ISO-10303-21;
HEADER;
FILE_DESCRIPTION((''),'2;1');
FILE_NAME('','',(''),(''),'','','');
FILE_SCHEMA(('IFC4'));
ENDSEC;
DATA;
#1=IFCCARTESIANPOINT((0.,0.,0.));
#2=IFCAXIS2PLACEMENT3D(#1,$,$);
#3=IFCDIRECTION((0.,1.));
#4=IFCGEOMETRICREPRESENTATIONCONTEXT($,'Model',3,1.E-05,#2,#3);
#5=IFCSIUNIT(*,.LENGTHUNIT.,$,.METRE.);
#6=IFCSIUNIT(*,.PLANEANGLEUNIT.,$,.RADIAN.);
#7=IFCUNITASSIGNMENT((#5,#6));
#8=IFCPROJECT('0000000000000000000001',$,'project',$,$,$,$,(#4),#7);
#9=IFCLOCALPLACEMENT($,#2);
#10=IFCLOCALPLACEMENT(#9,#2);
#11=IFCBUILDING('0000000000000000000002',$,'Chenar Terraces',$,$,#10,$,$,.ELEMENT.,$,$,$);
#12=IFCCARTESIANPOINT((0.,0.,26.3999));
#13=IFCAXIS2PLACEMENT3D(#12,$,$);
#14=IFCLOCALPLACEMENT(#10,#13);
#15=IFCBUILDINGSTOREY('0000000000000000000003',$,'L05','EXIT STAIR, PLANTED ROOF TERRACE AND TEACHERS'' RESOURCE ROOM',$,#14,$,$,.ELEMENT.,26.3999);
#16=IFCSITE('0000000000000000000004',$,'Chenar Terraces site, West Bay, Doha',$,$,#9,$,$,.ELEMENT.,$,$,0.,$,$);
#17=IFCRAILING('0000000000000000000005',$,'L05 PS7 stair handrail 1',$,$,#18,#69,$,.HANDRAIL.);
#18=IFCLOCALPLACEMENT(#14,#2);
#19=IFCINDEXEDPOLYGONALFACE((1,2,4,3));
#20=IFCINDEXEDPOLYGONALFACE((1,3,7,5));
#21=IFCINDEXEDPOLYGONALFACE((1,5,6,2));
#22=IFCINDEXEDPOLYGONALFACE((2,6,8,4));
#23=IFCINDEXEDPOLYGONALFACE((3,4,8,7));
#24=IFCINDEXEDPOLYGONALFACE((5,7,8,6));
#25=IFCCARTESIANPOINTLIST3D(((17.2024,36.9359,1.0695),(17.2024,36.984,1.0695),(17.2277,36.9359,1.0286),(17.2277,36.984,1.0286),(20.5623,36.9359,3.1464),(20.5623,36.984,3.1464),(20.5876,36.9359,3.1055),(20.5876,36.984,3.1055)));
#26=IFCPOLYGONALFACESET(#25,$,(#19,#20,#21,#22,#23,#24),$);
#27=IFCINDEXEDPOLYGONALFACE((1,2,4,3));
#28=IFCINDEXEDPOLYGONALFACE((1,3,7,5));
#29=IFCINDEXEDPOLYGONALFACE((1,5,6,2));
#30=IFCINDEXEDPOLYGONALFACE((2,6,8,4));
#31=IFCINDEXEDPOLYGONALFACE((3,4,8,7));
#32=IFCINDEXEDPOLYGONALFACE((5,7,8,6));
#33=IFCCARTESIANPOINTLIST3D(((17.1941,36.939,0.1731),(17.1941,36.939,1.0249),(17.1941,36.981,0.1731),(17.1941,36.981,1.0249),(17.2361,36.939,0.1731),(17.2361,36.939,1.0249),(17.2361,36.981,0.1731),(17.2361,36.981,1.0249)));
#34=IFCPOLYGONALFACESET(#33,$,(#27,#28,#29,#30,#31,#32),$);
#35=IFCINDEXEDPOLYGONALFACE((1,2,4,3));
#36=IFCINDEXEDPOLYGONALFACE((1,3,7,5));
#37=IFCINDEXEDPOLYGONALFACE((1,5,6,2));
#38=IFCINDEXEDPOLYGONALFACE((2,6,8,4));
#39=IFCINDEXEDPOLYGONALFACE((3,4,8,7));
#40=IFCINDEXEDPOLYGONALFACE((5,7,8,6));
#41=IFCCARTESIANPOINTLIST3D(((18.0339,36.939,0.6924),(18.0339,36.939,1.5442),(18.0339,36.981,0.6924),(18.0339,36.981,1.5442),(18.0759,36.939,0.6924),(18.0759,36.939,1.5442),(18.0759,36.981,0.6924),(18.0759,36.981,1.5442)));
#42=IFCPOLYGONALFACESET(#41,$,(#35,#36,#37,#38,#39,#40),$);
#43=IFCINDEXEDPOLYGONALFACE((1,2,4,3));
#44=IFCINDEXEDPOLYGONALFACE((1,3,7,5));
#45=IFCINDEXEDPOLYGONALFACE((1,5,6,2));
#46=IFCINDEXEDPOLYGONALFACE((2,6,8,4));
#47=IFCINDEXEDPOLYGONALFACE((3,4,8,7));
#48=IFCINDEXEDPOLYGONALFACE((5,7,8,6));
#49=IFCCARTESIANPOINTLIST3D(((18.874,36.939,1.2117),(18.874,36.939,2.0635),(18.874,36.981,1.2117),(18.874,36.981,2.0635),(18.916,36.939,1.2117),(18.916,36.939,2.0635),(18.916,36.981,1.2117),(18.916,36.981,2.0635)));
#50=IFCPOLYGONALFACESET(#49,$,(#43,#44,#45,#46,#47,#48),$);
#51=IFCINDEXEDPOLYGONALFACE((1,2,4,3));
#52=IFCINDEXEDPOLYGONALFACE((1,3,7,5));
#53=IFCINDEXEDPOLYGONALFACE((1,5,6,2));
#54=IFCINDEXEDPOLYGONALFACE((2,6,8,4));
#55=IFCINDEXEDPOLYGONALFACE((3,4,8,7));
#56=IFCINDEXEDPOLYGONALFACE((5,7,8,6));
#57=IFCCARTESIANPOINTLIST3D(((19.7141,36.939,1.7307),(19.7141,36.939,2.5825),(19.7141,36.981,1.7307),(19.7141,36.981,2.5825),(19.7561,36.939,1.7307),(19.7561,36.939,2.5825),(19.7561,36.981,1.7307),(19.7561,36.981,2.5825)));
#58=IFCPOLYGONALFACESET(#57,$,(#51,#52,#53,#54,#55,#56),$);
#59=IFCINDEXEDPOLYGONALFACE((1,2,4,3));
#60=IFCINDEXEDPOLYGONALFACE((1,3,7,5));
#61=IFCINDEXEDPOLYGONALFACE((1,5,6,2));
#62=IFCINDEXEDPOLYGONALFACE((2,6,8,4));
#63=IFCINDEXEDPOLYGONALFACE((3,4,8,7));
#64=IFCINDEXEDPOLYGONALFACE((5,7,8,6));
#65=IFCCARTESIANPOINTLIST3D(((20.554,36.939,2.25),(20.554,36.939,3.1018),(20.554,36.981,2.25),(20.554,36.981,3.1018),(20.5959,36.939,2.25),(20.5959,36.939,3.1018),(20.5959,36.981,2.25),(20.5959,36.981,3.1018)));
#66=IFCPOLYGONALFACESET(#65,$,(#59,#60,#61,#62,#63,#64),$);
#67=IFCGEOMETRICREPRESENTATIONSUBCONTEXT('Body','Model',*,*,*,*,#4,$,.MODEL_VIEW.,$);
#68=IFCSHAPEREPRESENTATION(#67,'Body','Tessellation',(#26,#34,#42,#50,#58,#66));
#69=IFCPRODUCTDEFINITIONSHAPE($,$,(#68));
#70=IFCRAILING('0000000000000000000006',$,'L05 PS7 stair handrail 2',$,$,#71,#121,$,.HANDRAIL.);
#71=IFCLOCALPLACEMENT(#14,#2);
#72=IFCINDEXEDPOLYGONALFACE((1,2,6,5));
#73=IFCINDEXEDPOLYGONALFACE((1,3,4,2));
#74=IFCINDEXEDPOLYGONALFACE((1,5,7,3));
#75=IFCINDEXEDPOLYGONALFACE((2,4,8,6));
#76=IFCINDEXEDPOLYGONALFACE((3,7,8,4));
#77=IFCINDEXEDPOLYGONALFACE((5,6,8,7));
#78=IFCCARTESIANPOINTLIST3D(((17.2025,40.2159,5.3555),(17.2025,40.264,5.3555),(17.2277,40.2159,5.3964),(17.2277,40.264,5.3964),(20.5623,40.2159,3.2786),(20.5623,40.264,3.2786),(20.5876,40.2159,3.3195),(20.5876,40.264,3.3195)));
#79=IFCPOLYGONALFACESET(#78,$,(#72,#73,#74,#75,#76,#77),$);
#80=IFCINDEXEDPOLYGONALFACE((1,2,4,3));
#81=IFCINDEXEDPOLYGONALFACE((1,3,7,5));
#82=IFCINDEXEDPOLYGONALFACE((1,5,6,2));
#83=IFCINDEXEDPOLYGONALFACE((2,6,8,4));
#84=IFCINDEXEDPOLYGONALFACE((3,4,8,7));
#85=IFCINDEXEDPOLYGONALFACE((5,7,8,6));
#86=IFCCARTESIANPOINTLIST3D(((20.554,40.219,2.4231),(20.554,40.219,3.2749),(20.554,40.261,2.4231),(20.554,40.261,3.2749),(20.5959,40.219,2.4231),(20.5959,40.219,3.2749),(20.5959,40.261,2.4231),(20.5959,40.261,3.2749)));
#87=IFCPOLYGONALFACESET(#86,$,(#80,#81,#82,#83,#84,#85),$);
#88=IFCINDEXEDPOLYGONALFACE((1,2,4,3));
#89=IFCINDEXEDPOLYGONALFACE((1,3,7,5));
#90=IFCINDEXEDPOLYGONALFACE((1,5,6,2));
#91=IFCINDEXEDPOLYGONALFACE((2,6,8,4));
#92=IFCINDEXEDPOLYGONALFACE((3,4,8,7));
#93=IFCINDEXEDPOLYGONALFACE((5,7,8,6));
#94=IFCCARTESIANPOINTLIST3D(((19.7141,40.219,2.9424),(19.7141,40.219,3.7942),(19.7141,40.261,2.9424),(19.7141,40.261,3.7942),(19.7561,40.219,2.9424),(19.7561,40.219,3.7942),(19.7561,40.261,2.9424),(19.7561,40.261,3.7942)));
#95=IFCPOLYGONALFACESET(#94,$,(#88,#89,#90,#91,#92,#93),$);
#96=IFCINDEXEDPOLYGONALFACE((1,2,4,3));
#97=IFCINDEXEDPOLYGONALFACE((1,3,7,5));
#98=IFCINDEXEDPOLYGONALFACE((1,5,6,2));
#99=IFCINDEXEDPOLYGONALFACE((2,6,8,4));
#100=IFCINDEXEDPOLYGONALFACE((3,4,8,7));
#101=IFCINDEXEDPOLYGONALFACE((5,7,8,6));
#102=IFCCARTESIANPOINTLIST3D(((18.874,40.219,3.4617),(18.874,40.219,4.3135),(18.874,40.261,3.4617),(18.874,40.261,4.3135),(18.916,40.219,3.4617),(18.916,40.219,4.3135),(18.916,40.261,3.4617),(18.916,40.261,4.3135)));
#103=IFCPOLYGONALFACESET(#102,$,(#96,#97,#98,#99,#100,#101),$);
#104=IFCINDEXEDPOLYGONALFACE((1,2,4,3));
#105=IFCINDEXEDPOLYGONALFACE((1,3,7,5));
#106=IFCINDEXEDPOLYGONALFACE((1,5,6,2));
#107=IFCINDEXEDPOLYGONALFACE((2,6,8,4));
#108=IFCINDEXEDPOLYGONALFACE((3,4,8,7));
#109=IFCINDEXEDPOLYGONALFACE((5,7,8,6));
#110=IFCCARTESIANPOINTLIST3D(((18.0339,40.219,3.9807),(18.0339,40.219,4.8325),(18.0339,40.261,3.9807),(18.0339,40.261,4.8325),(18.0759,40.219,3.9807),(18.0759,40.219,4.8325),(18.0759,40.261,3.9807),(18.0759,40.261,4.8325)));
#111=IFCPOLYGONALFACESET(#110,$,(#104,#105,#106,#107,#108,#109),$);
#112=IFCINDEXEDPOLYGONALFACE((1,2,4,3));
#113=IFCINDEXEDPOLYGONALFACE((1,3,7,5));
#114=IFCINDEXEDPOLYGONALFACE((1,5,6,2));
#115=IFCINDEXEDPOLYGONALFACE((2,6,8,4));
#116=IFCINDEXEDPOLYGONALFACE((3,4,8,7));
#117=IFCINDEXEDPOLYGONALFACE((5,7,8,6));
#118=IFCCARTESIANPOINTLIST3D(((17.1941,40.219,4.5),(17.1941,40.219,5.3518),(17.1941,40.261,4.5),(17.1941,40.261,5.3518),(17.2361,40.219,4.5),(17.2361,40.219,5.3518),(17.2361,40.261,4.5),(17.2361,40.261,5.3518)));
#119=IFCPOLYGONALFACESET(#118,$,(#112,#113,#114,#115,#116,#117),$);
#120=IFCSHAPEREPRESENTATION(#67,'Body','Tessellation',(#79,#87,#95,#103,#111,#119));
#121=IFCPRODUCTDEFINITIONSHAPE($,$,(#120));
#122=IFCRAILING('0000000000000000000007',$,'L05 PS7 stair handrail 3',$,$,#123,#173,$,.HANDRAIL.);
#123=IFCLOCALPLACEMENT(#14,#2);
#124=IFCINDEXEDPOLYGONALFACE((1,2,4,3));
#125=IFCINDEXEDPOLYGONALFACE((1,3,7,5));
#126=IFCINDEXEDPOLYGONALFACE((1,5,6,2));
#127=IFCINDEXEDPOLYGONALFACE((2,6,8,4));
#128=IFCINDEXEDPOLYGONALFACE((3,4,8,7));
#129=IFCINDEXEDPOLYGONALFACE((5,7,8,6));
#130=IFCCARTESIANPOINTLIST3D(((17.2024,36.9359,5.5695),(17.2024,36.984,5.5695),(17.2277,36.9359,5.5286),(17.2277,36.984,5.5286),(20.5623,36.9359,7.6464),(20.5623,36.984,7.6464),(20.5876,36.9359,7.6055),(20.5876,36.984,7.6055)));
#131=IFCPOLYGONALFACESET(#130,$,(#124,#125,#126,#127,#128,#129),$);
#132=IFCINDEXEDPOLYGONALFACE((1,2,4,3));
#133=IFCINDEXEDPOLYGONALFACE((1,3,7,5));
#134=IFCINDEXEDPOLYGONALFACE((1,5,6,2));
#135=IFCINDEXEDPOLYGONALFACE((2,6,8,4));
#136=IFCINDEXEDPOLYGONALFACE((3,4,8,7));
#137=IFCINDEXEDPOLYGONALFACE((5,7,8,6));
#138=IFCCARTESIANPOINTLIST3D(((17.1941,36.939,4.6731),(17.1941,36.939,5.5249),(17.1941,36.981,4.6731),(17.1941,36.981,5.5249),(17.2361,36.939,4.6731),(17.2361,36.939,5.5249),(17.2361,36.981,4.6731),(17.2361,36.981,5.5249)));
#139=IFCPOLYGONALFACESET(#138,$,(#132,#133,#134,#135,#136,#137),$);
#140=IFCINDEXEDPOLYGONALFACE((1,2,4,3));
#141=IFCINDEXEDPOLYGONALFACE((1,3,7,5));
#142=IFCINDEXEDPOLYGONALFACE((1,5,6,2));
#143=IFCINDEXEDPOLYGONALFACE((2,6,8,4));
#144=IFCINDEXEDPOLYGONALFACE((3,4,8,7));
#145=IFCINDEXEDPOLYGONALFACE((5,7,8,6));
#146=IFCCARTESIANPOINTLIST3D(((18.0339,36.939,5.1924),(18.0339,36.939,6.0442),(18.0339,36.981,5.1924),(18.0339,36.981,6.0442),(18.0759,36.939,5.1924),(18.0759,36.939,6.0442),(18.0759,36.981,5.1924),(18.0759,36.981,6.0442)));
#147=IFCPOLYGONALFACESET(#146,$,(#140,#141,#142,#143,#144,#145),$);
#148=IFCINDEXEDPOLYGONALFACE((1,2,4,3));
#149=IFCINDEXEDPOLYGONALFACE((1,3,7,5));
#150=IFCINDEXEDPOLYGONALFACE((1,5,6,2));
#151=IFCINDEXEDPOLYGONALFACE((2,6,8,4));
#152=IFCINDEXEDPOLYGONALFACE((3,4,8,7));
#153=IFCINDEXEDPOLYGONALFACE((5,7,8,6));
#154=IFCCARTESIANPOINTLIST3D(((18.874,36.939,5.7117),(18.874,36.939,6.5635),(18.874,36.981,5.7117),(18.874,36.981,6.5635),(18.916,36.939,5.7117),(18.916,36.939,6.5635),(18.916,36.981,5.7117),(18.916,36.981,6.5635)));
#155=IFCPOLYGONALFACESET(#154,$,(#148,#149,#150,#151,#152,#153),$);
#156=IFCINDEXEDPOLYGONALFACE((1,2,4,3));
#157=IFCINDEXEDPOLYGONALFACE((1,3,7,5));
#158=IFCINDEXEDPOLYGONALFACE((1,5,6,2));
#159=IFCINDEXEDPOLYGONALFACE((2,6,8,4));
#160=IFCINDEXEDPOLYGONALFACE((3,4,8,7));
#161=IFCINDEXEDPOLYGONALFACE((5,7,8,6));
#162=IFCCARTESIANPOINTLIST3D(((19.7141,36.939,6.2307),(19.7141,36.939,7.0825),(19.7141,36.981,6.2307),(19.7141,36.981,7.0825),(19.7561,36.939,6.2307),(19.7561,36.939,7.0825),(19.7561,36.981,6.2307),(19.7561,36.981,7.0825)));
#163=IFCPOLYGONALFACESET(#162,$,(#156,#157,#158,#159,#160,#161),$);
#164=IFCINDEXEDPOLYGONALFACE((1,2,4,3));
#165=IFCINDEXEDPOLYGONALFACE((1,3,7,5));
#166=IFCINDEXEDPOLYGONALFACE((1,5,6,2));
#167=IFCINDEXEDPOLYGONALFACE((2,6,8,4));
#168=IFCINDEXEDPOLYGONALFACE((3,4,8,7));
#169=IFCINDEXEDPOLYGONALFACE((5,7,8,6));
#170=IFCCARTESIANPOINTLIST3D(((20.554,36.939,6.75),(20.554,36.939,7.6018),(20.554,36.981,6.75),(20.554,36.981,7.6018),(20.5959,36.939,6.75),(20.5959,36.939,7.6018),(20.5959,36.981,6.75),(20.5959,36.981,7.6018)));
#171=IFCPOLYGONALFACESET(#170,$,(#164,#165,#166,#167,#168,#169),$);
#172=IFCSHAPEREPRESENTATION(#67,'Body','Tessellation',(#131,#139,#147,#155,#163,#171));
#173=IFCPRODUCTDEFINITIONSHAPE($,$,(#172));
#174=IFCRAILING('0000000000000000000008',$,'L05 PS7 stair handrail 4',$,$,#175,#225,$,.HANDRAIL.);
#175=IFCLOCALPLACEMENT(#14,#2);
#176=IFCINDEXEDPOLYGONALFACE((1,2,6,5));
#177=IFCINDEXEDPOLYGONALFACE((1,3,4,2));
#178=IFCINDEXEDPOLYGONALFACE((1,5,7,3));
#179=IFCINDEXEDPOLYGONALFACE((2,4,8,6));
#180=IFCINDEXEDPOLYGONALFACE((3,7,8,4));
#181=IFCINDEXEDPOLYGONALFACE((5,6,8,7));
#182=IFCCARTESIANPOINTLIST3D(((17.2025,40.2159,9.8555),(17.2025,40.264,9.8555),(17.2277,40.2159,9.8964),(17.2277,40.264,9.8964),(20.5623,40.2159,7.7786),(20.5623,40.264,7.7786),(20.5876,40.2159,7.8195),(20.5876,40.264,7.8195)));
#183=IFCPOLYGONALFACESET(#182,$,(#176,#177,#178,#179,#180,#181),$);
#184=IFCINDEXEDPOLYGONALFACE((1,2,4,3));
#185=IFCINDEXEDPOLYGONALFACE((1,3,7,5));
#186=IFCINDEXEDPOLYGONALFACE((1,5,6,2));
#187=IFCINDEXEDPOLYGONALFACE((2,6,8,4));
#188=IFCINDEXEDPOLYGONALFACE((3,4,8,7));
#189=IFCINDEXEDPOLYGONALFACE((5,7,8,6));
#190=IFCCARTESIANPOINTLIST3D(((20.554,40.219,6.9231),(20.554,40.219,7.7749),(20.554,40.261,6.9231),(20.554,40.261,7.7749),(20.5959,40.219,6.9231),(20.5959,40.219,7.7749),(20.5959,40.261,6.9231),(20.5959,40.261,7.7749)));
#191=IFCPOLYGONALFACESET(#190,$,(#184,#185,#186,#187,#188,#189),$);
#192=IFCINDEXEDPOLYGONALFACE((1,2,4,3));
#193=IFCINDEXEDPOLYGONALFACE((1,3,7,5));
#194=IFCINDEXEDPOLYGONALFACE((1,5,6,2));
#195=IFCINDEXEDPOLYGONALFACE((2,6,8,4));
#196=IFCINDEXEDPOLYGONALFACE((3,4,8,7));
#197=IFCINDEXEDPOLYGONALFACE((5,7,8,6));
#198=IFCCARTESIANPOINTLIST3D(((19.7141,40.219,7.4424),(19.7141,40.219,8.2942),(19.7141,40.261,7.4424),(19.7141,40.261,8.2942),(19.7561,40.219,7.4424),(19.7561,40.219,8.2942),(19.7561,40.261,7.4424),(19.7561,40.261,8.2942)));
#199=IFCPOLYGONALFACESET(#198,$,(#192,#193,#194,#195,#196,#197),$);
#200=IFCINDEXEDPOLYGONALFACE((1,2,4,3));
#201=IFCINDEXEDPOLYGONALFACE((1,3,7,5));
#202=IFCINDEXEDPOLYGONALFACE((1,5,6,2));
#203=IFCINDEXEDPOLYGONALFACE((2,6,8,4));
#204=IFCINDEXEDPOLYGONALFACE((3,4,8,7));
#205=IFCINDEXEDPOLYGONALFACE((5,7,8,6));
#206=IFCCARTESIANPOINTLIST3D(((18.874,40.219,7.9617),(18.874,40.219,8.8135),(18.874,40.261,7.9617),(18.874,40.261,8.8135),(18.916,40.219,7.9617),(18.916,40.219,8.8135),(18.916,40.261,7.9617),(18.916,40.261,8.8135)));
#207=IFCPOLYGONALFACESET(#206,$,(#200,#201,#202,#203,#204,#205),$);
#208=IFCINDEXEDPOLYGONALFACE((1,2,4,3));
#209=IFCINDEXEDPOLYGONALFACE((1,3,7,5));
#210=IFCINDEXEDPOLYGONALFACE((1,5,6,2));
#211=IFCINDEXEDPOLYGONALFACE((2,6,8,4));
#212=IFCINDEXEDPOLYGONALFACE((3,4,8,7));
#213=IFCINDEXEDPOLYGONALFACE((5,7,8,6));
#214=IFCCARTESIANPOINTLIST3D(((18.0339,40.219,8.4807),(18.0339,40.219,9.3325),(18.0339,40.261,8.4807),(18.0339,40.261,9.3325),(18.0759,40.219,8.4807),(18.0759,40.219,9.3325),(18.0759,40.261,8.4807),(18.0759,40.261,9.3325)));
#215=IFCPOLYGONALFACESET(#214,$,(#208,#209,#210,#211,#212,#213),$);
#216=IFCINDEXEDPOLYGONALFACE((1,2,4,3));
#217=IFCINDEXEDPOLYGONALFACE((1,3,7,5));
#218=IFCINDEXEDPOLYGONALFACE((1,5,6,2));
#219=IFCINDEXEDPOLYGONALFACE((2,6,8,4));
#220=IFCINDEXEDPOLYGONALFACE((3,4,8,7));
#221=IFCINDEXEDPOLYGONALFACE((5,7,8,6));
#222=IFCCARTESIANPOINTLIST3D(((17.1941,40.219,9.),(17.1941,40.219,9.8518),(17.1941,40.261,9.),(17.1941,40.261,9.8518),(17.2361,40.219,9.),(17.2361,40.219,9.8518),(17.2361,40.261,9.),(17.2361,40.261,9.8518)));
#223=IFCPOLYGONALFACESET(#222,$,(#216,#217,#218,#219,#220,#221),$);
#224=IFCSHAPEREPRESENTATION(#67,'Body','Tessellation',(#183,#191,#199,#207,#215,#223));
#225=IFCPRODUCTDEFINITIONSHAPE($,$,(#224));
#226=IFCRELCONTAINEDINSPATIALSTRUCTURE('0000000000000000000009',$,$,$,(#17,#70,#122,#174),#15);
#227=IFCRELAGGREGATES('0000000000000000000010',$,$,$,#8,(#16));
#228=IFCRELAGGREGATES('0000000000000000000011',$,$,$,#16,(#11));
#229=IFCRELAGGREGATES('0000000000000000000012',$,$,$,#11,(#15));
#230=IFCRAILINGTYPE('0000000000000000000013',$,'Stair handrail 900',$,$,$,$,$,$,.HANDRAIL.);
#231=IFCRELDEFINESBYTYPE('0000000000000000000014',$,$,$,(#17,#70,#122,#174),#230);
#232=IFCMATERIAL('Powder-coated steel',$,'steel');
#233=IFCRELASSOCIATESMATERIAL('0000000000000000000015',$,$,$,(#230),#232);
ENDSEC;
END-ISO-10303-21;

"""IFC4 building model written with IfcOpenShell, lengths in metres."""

from ifc_helpers import new_model, si_unit, direction, frame, origin, origin_2d, place, context, subcontext, project, spatial, rectangle, extrude, material, type_object, element, save


model = new_model("IFC4")

# Units and contexts
model_context = context("Model", 3, precision=1e-05, world=origin(), true_north=direction((0.0, 1.0)))
body_context = subcontext(model_context, "Body", "Model", "MODEL_VIEW")
ifc_project = project(units=[si_unit("LENGTHUNIT", "METRE"), si_unit("PLANEANGLEUNIT", "RADIAN")], contexts=[model_context])

# Site, building, storey
site_placement = place(None, origin())
site = spatial("IfcSite", under=ifc_project, at=site_placement, Name="Chenar Terraces site, West Bay, Doha", CompositionType="ELEMENT", RefElevation=0.0)
building_placement = place(site_placement, origin())
building = spatial("IfcBuilding", under=site, at=building_placement, Name="Chenar Terraces", CompositionType="ELEMENT")
storey_placement = place(building_placement, frame((0.0, 0.0, 26.3999)))
storey = spatial("IfcBuildingStorey", under=building, at=storey_placement, Name="L05", Description="EXIT STAIR, PLANTED ROOF TERRACE AND TEACHERS' RESOURCE ROOM", CompositionType="ELEMENT", Elevation=26.3999)

# Railings
ifc_material_1 = material(Name="Powder-coated steel", Category="steel")
railing_type_1 = type_object("IfcRailingType", Name="Stair handrail 900", PredefinedType="HANDRAIL", material=ifc_material_1)
railing_1_placement = place(storey_placement, frame((17.2151, 36.96, 0.1731)))
element("IfcRailing", 1, at=railing_1_placement, inside=storey, type_object=railing_type_1, Name="L05 PS7 stair handrail 1", PredefinedType="HANDRAIL", context=body_context, shape_type="SweptSolid", body=[
    extrude(rectangle(XDim=0.0481, YDim=0.0481, at=origin_2d()), frame((0.0, 0.0, 0.876), z_axis=(0.850606, 0.0, 0.525803), x_axis=(0.0, 1.0, 0.0)), (0.0, 0.0, 1.0), 3.95),
    extrude(rectangle(XDim=0.042, YDim=0.042, at=origin_2d()), origin(), (0.0, 0.0, 1.0), 0.8518),
    extrude(rectangle(XDim=0.042, YDim=0.042, at=origin_2d()), frame((0.8398, 0.0, 0.5193)), (0.0, 0.0, 1.0), 0.8518),
    extrude(rectangle(XDim=0.042, YDim=0.042, at=origin_2d()), frame((1.6799, 0.0, 1.0386)), (0.0, 0.0, 1.0), 0.8518),
    extrude(rectangle(XDim=0.042, YDim=0.042, at=origin_2d()), frame((2.52, 0.0, 1.5576)), (0.0, 0.0, 1.0), 0.8518),
    extrude(rectangle(XDim=0.042, YDim=0.042, at=origin_2d()), frame((3.3599, 0.0, 2.0769)), (0.0, 0.0, 1.0), 0.8518),
])
railing_2_placement = place(storey_placement, frame((20.575, 40.24, 2.4231)))
element("IfcRailing", 2, at=railing_2_placement, inside=storey, type_object=railing_type_1, Name="L05 PS7 stair handrail 2", PredefinedType="HANDRAIL", context=body_context, shape_type="SweptSolid", body=[
    extrude(rectangle(XDim=0.0481, YDim=0.0481, at=origin_2d()), frame((0.0, 0.0, 0.876), z_axis=(-0.850606, 0.0, 0.525803), x_axis=(0.0, -1.0, 0.0)), (0.0, 0.0, 1.0), 3.95),
    extrude(rectangle(XDim=0.042, YDim=0.042, at=origin_2d()), origin(), (0.0, 0.0, 1.0), 0.8518),
    extrude(rectangle(XDim=0.042, YDim=0.042, at=origin_2d()), frame((-0.8398, 0.0, 0.5193)), (0.0, 0.0, 1.0), 0.8518),
    extrude(rectangle(XDim=0.042, YDim=0.042, at=origin_2d()), frame((-1.6799, 0.0, 1.0386)), (0.0, 0.0, 1.0), 0.8518),
    extrude(rectangle(XDim=0.042, YDim=0.042, at=origin_2d()), frame((-2.52, 0.0, 1.5576)), (0.0, 0.0, 1.0), 0.8518),
    extrude(rectangle(XDim=0.042, YDim=0.042, at=origin_2d()), frame((-3.3599, 0.0, 2.0769)), (0.0, 0.0, 1.0), 0.8518),
])
railing_3_placement = place(storey_placement, frame((17.2151, 36.96, 4.6731)))
element("IfcRailing", 3, at=railing_3_placement, inside=storey, type_object=railing_type_1, Name="L05 PS7 stair handrail 3", PredefinedType="HANDRAIL", context=body_context, shape_type="SweptSolid", body=[
    extrude(rectangle(XDim=0.0481, YDim=0.0481, at=origin_2d()), frame((0.0, 0.0, 0.876), z_axis=(0.850606, 0.0, 0.525803), x_axis=(0.0, 1.0, 0.0)), (0.0, 0.0, 1.0), 3.95),
    extrude(rectangle(XDim=0.042, YDim=0.042, at=origin_2d()), origin(), (0.0, 0.0, 1.0), 0.8518),
    extrude(rectangle(XDim=0.042, YDim=0.042, at=origin_2d()), frame((0.8398, 0.0, 0.5193)), (0.0, 0.0, 1.0), 0.8518),
    extrude(rectangle(XDim=0.042, YDim=0.042, at=origin_2d()), frame((1.6799, 0.0, 1.0386)), (0.0, 0.0, 1.0), 0.8518),
    extrude(rectangle(XDim=0.042, YDim=0.042, at=origin_2d()), frame((2.52, 0.0, 1.5576)), (0.0, 0.0, 1.0), 0.8518),
    extrude(rectangle(XDim=0.042, YDim=0.042, at=origin_2d()), frame((3.3599, 0.0, 2.0769)), (0.0, 0.0, 1.0), 0.8518),
])
railing_4_placement = place(storey_placement, frame((20.575, 40.24, 6.9231)))
element("IfcRailing", 4, at=railing_4_placement, inside=storey, type_object=railing_type_1, Name="L05 PS7 stair handrail 4", PredefinedType="HANDRAIL", context=body_context, shape_type="SweptSolid", body=[
    extrude(rectangle(XDim=0.0481, YDim=0.0481, at=origin_2d()), frame((0.0, 0.0, 0.876), z_axis=(-0.850606, 0.0, 0.525803), x_axis=(0.0, -1.0, 0.0)), (0.0, 0.0, 1.0), 3.95),
    extrude(rectangle(XDim=0.042, YDim=0.042, at=origin_2d()), origin(), (0.0, 0.0, 1.0), 0.8518),
    extrude(rectangle(XDim=0.042, YDim=0.042, at=origin_2d()), frame((-0.8398, 0.0, 0.5193)), (0.0, 0.0, 1.0), 0.8518),
    extrude(rectangle(XDim=0.042, YDim=0.042, at=origin_2d()), frame((-1.6799, 0.0, 1.0386)), (0.0, 0.0, 1.0), 0.8518),
    extrude(rectangle(XDim=0.042, YDim=0.042, at=origin_2d()), frame((-2.52, 0.0, 1.5576)), (0.0, 0.0, 1.0), 0.8518),
    extrude(rectangle(XDim=0.042, YDim=0.042, at=origin_2d()), frame((-3.3599, 0.0, 2.0769)), (0.0, 0.0, 1.0), 0.8518),
])

save(model, "model.ifc")
